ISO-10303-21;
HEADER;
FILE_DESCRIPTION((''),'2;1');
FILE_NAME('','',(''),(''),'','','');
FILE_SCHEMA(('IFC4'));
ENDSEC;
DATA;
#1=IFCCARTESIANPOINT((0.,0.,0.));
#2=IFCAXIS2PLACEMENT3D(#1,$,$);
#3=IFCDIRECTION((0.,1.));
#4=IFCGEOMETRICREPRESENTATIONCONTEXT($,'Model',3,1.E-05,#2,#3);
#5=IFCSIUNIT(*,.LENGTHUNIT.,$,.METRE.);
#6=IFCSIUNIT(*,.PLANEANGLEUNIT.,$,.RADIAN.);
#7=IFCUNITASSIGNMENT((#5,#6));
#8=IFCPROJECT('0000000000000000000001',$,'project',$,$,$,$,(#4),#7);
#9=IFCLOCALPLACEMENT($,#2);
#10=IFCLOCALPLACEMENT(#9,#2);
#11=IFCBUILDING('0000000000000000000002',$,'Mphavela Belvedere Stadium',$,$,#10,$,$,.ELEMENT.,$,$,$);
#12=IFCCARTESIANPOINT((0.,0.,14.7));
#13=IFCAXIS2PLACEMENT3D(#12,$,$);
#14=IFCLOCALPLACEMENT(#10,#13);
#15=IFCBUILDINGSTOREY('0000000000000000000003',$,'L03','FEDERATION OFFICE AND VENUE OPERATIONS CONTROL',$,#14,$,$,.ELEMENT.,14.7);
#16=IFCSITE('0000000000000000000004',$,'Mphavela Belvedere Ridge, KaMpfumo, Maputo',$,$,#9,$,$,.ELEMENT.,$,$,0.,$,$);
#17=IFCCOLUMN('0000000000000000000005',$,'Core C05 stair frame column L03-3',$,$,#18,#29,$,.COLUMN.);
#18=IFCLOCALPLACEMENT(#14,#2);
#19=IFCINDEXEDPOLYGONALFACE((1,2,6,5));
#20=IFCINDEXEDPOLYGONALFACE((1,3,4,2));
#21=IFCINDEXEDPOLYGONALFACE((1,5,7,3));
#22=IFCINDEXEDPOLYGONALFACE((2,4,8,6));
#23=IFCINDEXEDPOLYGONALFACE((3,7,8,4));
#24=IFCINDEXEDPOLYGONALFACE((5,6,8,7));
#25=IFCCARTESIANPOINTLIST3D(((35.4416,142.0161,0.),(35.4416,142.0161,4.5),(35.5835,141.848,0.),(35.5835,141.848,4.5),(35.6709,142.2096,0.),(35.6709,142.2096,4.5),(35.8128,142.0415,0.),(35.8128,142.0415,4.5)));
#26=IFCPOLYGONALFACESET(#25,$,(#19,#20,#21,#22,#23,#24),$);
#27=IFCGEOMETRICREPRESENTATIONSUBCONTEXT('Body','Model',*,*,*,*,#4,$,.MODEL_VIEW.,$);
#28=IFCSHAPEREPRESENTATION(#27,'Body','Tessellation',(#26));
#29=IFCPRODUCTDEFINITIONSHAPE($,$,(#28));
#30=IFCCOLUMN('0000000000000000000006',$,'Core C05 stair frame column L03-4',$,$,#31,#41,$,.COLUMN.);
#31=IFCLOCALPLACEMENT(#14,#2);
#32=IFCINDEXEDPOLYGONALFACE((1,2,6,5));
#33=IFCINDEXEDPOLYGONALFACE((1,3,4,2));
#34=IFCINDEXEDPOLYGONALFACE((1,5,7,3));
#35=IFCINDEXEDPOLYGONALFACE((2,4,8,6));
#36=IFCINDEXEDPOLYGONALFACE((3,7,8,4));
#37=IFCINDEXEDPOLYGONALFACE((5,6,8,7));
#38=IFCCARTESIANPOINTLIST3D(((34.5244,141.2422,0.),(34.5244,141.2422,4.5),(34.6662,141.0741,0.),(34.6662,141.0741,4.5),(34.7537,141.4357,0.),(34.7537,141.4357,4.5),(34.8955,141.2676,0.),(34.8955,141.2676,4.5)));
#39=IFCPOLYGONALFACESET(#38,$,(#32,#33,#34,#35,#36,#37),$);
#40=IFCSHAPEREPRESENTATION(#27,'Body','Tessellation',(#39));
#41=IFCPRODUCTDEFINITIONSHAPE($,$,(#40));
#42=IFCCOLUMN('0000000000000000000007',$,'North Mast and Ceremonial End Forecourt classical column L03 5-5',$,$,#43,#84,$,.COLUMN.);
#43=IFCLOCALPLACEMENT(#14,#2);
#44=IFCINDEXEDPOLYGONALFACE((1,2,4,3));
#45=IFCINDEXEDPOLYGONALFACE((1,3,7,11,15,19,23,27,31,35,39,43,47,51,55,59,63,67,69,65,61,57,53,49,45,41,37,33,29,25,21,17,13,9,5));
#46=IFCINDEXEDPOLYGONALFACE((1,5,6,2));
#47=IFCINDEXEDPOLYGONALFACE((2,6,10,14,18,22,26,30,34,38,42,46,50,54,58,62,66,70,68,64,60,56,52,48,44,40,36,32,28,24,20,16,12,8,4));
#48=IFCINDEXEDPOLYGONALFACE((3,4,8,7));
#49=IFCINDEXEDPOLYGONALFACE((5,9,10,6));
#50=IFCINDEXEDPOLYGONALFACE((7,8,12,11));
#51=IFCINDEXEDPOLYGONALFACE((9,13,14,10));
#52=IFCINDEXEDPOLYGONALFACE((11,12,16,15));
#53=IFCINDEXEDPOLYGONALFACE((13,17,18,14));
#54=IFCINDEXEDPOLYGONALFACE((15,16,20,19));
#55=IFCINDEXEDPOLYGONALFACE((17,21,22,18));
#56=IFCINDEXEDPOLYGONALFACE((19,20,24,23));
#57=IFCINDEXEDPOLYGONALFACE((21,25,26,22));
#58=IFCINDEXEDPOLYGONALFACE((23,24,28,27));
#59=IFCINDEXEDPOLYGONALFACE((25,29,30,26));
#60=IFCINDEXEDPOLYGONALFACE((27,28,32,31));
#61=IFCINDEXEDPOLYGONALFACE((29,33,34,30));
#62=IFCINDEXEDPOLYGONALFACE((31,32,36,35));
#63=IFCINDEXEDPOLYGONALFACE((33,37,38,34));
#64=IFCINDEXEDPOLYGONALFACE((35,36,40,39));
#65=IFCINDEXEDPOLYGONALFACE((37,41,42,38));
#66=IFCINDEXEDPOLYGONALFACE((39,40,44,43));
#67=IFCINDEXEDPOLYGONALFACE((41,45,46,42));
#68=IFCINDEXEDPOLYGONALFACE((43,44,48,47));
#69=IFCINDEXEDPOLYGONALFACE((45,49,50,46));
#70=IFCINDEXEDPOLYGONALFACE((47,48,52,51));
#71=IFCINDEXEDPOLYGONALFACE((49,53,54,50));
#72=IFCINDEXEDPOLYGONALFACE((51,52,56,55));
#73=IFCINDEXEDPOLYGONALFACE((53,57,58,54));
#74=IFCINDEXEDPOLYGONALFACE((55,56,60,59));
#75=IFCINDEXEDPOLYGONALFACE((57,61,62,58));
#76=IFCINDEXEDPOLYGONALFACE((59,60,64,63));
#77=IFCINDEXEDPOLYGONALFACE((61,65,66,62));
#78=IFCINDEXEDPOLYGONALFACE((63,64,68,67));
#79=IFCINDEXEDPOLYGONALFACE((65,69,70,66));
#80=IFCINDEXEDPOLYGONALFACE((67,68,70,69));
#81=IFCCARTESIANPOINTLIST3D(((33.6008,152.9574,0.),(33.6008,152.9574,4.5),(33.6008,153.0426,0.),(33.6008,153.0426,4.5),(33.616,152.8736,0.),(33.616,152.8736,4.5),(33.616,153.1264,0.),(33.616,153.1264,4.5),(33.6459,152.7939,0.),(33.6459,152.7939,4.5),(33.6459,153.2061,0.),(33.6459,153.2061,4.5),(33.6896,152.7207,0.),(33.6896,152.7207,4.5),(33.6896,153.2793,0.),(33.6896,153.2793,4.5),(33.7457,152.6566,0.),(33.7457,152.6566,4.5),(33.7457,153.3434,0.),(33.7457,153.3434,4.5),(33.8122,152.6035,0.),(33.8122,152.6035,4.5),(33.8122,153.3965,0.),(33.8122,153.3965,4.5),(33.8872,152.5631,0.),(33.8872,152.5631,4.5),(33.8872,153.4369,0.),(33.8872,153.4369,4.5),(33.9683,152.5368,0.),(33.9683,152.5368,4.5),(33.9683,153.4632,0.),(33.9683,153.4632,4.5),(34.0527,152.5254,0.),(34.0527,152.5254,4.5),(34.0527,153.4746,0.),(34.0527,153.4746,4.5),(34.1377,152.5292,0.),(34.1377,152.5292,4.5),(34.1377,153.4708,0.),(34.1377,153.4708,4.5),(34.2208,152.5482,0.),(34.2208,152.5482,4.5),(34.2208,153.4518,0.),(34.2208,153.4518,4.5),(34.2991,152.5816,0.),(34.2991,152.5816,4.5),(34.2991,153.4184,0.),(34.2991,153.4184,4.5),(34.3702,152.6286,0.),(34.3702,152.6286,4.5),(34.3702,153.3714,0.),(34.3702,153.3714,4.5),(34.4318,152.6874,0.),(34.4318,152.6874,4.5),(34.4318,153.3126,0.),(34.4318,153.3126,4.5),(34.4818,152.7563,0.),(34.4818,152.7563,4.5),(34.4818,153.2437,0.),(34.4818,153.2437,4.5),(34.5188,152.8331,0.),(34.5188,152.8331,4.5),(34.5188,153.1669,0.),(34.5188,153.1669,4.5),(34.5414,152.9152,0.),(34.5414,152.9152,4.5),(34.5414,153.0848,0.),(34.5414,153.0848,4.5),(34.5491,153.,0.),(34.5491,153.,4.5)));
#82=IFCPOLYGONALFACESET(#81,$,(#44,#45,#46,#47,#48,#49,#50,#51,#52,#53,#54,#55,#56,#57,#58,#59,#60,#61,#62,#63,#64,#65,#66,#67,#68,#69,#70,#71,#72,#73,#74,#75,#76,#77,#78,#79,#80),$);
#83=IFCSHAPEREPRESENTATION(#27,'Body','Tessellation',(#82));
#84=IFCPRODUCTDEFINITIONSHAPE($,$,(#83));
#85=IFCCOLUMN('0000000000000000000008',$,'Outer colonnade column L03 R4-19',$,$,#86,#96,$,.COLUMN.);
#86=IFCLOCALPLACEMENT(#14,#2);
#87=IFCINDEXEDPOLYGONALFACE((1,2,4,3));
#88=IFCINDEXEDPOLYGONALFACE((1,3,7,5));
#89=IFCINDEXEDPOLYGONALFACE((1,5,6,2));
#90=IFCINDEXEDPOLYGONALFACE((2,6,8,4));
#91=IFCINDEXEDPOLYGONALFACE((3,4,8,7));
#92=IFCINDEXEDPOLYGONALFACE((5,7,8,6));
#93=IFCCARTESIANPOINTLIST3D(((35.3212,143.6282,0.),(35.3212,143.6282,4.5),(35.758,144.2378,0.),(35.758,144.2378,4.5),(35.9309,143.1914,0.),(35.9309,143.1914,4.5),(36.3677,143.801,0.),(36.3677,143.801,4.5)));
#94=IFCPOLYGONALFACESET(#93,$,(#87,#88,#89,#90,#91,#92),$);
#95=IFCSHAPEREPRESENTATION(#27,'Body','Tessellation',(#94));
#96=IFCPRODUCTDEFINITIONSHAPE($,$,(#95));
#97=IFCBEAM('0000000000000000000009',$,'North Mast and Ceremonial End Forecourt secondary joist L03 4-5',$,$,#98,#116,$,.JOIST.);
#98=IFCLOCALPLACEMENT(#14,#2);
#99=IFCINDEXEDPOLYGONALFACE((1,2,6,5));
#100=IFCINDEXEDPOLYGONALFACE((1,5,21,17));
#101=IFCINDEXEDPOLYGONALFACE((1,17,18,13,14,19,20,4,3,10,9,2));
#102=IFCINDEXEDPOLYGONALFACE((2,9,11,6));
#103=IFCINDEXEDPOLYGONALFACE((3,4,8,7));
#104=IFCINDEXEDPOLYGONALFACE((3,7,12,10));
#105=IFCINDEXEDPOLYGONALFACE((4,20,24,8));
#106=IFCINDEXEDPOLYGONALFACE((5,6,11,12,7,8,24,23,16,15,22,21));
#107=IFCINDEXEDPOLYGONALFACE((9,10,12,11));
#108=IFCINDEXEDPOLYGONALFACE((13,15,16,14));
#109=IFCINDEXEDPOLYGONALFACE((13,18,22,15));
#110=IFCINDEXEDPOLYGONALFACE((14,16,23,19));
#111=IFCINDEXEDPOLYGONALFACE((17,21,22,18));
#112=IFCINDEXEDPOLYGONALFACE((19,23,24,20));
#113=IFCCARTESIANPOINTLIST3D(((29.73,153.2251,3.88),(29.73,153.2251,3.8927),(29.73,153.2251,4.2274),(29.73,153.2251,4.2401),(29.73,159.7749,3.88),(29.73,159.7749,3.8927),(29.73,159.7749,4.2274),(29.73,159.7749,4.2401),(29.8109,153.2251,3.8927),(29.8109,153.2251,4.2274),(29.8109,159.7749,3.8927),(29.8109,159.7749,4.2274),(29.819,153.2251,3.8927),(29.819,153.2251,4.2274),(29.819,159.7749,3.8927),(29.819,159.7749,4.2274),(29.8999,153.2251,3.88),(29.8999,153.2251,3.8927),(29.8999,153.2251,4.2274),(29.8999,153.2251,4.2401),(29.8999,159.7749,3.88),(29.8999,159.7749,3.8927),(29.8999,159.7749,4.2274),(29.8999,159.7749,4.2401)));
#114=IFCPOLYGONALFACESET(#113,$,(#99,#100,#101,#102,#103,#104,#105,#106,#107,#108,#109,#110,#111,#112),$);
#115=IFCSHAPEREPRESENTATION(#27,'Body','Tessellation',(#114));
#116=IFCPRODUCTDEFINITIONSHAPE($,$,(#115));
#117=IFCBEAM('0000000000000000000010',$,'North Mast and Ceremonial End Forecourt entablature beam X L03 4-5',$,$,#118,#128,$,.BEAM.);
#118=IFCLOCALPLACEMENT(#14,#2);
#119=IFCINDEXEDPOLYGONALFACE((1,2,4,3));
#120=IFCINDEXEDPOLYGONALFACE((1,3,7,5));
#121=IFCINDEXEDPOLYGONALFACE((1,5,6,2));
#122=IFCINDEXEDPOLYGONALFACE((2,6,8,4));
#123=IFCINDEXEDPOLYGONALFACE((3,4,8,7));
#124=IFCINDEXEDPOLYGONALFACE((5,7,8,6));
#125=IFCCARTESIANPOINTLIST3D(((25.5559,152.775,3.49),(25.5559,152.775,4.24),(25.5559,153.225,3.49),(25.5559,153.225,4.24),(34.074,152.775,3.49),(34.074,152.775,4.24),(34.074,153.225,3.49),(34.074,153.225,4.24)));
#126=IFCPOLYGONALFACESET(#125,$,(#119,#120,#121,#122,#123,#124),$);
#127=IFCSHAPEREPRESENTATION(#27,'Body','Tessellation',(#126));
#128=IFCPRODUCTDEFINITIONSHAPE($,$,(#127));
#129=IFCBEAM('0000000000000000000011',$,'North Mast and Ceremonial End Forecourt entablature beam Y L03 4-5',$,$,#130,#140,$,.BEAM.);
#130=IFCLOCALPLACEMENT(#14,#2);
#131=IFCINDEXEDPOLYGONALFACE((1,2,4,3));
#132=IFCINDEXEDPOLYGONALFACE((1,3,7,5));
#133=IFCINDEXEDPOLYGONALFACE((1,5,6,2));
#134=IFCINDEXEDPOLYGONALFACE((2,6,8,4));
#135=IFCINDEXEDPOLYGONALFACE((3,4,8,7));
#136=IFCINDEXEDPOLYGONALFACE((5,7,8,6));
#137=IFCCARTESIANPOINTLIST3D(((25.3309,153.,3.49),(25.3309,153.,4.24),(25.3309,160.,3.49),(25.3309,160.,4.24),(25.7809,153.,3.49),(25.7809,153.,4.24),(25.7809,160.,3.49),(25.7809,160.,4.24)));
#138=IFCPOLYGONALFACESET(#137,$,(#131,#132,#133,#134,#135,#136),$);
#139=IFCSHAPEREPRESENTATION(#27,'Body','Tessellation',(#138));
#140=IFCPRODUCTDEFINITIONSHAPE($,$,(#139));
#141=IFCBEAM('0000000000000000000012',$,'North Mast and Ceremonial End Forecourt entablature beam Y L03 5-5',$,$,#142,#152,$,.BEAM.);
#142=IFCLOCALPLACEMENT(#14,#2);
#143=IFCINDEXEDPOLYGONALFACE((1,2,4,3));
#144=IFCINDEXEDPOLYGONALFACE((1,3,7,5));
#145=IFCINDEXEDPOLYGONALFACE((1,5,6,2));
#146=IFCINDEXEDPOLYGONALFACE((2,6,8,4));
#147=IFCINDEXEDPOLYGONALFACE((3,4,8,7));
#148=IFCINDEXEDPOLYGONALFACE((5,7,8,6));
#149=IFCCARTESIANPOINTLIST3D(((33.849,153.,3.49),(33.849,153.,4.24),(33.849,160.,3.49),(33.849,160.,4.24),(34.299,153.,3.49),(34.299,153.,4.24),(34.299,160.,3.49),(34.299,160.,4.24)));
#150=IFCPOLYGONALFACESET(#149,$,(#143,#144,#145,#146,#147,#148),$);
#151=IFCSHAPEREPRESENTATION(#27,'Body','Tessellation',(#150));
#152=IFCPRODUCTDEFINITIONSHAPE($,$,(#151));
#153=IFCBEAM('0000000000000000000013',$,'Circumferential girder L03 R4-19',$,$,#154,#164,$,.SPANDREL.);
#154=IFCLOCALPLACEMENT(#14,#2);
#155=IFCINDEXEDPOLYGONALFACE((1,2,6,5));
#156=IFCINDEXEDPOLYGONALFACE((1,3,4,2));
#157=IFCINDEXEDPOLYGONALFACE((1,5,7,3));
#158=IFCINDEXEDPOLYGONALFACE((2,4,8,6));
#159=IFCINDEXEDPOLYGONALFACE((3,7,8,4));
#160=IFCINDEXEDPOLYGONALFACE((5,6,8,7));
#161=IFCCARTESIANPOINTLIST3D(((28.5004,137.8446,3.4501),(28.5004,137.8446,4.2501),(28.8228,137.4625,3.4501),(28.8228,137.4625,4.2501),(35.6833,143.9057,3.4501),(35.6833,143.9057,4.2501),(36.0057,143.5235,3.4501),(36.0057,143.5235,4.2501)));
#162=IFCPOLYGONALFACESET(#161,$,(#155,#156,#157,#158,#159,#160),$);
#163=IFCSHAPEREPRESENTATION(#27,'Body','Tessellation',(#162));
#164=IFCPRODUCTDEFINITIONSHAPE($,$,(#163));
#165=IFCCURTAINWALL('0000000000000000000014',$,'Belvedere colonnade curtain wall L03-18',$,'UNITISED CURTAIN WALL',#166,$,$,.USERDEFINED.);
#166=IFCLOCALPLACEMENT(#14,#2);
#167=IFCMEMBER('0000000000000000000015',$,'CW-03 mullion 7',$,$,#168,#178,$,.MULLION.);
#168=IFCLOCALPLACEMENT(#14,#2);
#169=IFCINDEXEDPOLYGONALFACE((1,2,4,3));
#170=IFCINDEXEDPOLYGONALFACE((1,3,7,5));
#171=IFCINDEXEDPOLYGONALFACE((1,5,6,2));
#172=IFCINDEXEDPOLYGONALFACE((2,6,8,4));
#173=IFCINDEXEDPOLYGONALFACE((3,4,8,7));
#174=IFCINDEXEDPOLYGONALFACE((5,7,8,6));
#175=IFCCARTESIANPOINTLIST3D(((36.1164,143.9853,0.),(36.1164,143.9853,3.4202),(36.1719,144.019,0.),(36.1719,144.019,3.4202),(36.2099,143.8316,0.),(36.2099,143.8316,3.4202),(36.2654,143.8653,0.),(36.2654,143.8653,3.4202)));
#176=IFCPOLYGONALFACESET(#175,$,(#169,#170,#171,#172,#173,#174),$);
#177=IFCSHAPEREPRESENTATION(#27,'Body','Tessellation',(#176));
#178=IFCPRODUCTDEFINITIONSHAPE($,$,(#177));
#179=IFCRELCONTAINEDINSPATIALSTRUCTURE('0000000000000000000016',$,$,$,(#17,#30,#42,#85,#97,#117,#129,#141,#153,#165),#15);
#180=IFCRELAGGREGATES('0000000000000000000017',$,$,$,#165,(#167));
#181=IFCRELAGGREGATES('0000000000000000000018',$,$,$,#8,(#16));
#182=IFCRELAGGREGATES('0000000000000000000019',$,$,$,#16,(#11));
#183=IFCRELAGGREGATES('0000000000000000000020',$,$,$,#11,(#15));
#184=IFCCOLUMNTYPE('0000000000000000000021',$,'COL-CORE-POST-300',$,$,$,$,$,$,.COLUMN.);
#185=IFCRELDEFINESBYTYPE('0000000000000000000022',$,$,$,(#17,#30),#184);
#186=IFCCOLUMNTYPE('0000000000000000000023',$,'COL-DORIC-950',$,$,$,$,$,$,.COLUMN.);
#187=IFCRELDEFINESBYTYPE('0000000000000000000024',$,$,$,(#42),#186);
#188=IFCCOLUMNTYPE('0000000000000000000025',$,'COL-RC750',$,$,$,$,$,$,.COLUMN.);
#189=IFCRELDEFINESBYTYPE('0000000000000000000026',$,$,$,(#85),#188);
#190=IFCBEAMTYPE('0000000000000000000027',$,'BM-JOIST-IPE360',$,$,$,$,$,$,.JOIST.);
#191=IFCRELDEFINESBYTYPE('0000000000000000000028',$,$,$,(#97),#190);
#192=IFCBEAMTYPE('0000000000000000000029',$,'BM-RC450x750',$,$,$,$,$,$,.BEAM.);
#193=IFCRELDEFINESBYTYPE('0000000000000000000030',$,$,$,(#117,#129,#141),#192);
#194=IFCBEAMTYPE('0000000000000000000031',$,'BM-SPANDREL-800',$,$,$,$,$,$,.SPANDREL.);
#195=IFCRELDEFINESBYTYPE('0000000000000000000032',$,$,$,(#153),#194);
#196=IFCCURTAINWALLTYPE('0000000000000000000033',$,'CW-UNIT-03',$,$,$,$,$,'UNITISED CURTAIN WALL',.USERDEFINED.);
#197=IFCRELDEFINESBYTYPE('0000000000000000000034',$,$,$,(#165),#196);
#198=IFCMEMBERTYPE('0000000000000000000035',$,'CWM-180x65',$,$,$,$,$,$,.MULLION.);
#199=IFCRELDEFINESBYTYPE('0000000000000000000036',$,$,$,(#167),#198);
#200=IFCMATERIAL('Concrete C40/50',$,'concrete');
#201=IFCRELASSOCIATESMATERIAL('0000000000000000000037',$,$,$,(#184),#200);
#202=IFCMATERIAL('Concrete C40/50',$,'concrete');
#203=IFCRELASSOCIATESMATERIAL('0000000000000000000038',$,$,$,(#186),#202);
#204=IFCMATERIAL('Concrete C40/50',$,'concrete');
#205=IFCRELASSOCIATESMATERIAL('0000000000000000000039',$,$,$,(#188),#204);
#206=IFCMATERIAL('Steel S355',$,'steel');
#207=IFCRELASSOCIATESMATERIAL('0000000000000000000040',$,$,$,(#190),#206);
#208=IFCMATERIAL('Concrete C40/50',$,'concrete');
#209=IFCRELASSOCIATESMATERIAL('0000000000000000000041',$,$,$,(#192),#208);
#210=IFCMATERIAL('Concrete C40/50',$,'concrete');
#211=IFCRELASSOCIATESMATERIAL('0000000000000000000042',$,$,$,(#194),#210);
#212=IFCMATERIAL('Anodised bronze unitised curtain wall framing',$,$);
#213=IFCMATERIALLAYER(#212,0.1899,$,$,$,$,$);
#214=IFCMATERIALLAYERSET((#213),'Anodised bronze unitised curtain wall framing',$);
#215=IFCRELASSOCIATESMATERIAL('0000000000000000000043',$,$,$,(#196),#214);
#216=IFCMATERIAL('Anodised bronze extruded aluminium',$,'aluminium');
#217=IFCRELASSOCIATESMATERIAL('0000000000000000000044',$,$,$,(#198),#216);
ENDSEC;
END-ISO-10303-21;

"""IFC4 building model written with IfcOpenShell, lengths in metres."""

from ifc_helpers import new_model, si_unit, direction, frame, origin, origin_2d, place, context, subcontext, project, spatial, rectangle, circle, i_section, extrude, material, layer, layer_set, material_profile, profile_set, type_object, element, aggregate, save


model = new_model("IFC4")

# Units and contexts
model_context = context("Model", 3, precision=1e-05, world=origin(), true_north=direction((0.0, 1.0)))
body_context = subcontext(model_context, "Body", "Model", "MODEL_VIEW")
ifc_project = project(units=[si_unit("LENGTHUNIT", "METRE"), si_unit("PLANEANGLEUNIT", "RADIAN")], contexts=[model_context])

# Site, building, storey
site_placement = place(None, origin())
site = spatial("IfcSite", under=ifc_project, at=site_placement, Name="Mphavela Belvedere Ridge, KaMpfumo, Maputo", CompositionType="ELEMENT", RefElevation=0.0)
building_placement = place(site_placement, origin())
building = spatial("IfcBuilding", under=site, at=building_placement, Name="Mphavela Belvedere Stadium", CompositionType="ELEMENT")
storey_placement = place(building_placement, frame((0.0, 0.0, 14.7)))
storey = spatial("IfcBuildingStorey", under=building, at=storey_placement, Name="L03", Description="FEDERATION OFFICE AND VENUE OPERATIONS CONTROL", CompositionType="ELEMENT", Elevation=14.7)

# Columns
ifc_material_1 = material(Name="Concrete C40/50", Category="concrete")
ifc_material_profile_1 = material_profile(ifc_material_1, rectangle(XDim=0.3, YDim=0.22, at=origin_2d()), Name="RC 300x220")
ifc_profile_set_1 = profile_set([ifc_material_profile_1], Name="Concrete C40/50")
column_type_1 = type_object("IfcColumnType", Name="COL-CORE-POST-300", PredefinedType="COLUMN", material=ifc_profile_set_1)
for number, where, z_axis, x_axis, name in (
    (1, (35.6272, 142.0288, 0.0), (0.0, 0.0, 1.0), (0.764246, 0.644924, 0.0), "Core C05 stair frame column L03-3"),
    (2, (34.71, 141.2549, 0.0), (0.0, 0.0, 1.0), (0.764246, 0.644924, 0.0), "Core C05 stair frame column L03-4"),
):
    element("IfcColumn", number, at=place(storey_placement, frame(where, z_axis=z_axis, x_axis=x_axis)), inside=storey, type_object=column_type_1, Name=name, PredefinedType="COLUMN", context=body_context, shape_type="SweptSolid", body=[
        extrude(rectangle(XDim=0.3, YDim=0.22, at=origin_2d()), origin(), (0.0, 0.0, 1.0), 4.5),
    ])
ifc_material_2 = material(Name="Concrete C40/50", Category="concrete")
ifc_material_profile_2 = material_profile(ifc_material_2, circle(Radius=0.4751, at=origin_2d()), Name="COL D950")
ifc_profile_set_2 = profile_set([ifc_material_profile_2], Name="Concrete C40/50")
column_type_2 = type_object("IfcColumnType", Name="COL-DORIC-950", PredefinedType="COLUMN", material=ifc_profile_set_2)
column_1_placement = place(storey_placement, frame((34.074, 153.0, 0.0), z_axis=(0.0, 0.0, 1.0), x_axis=(1.0, 0.0, 0.0)))
element("IfcColumn", 3, at=column_1_placement, inside=storey, type_object=column_type_2, Name="North Mast and Ceremonial End Forecourt classical column L03 5-5", PredefinedType="COLUMN", context=body_context, shape_type="SweptSolid", body=[
    extrude(circle(Radius=0.4751, at=origin_2d()), origin(), (0.0, 0.0, 1.0), 4.5),
])
ifc_material_3 = material(Name="Concrete C40/50", Category="concrete")
ifc_material_profile_3 = material_profile(ifc_material_3, rectangle(XDim=0.75, YDim=0.75, at=origin_2d()), Name="RC 750x750")
ifc_profile_set_3 = profile_set([ifc_material_profile_3], Name="Concrete C40/50")
column_type_3 = type_object("IfcColumnType", Name="COL-RC750", PredefinedType="COLUMN", material=ifc_profile_set_3)
column_2_placement = place(storey_placement, frame((35.8445, 143.7146, 0.0), z_axis=(0.0, 0.0, 1.0), x_axis=(-0.812898, 0.582407, 0.0)))
element("IfcColumn", 4, at=column_2_placement, inside=storey, type_object=column_type_3, Name="Outer colonnade column L03 R4-19", PredefinedType="COLUMN", context=body_context, shape_type="SweptSolid", body=[
    extrude(rectangle(XDim=0.75, YDim=0.75, at=origin_2d()), origin(), (0.0, 0.0, 1.0), 4.5),
])

# Beams
ifc_material_4 = material(Name="Steel S355", Category="steel")
ifc_material_profile_4 = material_profile(ifc_material_4, i_section(OverallWidth=0.1699, OverallDepth=0.3601, WebThickness=0.0081, FlangeThickness=0.0127, at=origin_2d()), Name="IPE 360")
ifc_profile_set_4 = profile_set([ifc_material_profile_4], Name="Steel S355")
beam_type_1 = type_object("IfcBeamType", Name="BM-JOIST-IPE360", PredefinedType="JOIST", material=ifc_profile_set_4)
beam_1_placement = place(storey_placement, frame((29.8149, 153.2251, 4.0601), z_axis=(0.0, 1.0, 0.0), x_axis=(-1.0, 0.0, 0.0)))
element("IfcBeam", 5, at=beam_1_placement, inside=storey, type_object=beam_type_1, Name="North Mast and Ceremonial End Forecourt secondary joist L03 4-5", PredefinedType="JOIST", context=body_context, shape_type="SweptSolid", body=[
    extrude(i_section(OverallWidth=0.1699, OverallDepth=0.3601, WebThickness=0.0081, FlangeThickness=0.0127, at=origin_2d()), origin(), (0.0, 0.0, 1.0), 6.5498),
])
ifc_material_5 = material(Name="Concrete C40/50", Category="concrete")
ifc_material_profile_5 = material_profile(ifc_material_5, rectangle(XDim=0.45, YDim=0.75, at=origin_2d()), Name="RC 450x750")
ifc_profile_set_5 = profile_set([ifc_material_profile_5], Name="Concrete C40/50")
beam_type_2 = type_object("IfcBeamType", Name="BM-RC450x750", PredefinedType="BEAM", material=ifc_profile_set_5)
beam_2_placement = place(storey_placement, frame((25.5559, 153.0, 3.865), z_axis=(1.0, 0.0, 0.0), x_axis=(0.0, 1.0, 0.0)))
element("IfcBeam", 6, at=beam_2_placement, inside=storey, type_object=beam_type_2, Name="North Mast and Ceremonial End Forecourt entablature beam X L03 4-5", PredefinedType="BEAM", context=body_context, shape_type="SweptSolid", body=[
    extrude(rectangle(XDim=0.45, YDim=0.75, at=origin_2d()), origin(), (0.0, 0.0, 1.0), 8.5181),
])
for number, where, z_axis, x_axis, name in (
    (7, (25.5559, 153.0, 3.865), (0.0, 1.0, 0.0), (-1.0, 0.0, 0.0), "North Mast and Ceremonial End Forecourt entablature beam Y L03 4-5"),
    (8, (34.074, 153.0, 3.865), (0.0, 1.0, 0.0), (-1.0, 0.0, 0.0), "North Mast and Ceremonial End Forecourt entablature beam Y L03 5-5"),
):
    element("IfcBeam", number, at=place(storey_placement, frame(where, z_axis=z_axis, x_axis=x_axis)), inside=storey, type_object=beam_type_2, Name=name, PredefinedType="BEAM", context=body_context, shape_type="SweptSolid", body=[
        extrude(rectangle(XDim=0.45, YDim=0.75, at=origin_2d()), origin(), (0.0, 0.0, 1.0), 7.0),
    ])
ifc_material_6 = material(Name="Concrete C40/50", Category="concrete")
ifc_material_profile_6 = material_profile(ifc_material_6, rectangle(XDim=0.5, YDim=0.8, at=origin_2d()), Name="RC 500x800")
ifc_profile_set_6 = profile_set([ifc_material_profile_6], Name="Concrete C40/50")
beam_type_3 = type_object("IfcBeamType", Name="BM-SPANDREL-800", PredefinedType="SPANDREL", material=ifc_profile_set_6)
beam_3_placement = place(storey_placement, frame((35.8445, 143.7146, 3.8501), z_axis=(-0.764265, -0.644902, 0.0), x_axis=(0.644902, -0.764265, 0.0)))
element("IfcBeam", 9, at=beam_3_placement, inside=storey, type_object=beam_type_3, Name="Circumferential girder L03 R4-19", PredefinedType="SPANDREL", context=body_context, shape_type="SweptSolid", body=[
    extrude(rectangle(XDim=0.5, YDim=0.8, at=origin_2d()), origin(), (0.0, 0.0, 1.0), 9.3984),
])

# Curtain wall, member
ifc_material_7 = material(Name="Anodised bronze unitised curtain wall framing")
ifc_layer_1 = layer(ifc_material_7, 0.1899)
ifc_layer_set_1 = layer_set([ifc_layer_1], Name="Anodised bronze unitised curtain wall framing")
curtain_wall_type_1 = type_object("IfcCurtainWallType", Name="CW-UNIT-03", ElementType="UNITISED CURTAIN WALL", PredefinedType="USERDEFINED", material=ifc_layer_set_1)
curtain_wall_1_placement = place(storey_placement, origin())
curtain_wall_1 = element("IfcCurtainWall", 10, at=curtain_wall_1_placement, inside=storey, type_object=curtain_wall_type_1, Name="Belvedere colonnade curtain wall L03-18", ObjectType="UNITISED CURTAIN WALL", PredefinedType="USERDEFINED")
ifc_material_8 = material(Name="Anodised bronze extruded aluminium", Category="aluminium")
ifc_material_profile_7 = material_profile(ifc_material_8, rectangle(XDim=0.1799, YDim=0.0649, at=origin_2d()), Name="CW-MUL 180x65")
ifc_profile_set_7 = profile_set([ifc_material_profile_7], Name="Anodised bronze extruded aluminium")
member_type_1 = type_object("IfcMemberType", Name="CWM-180x65", PredefinedType="MULLION", material=ifc_profile_set_7)
member_1_placement = place(storey_placement, frame((36.1909, 143.9253, 0.0), z_axis=(0.0, 0.0, 1.0), x_axis=(0.519738, -0.854325, 0.0)))
member_1 = element("IfcMember", 11, at=member_1_placement, type_object=member_type_1, Name="CW-03 mullion 7", PredefinedType="MULLION", context=body_context, shape_type="SweptSolid", body=[
    extrude(rectangle(XDim=0.1799, YDim=0.0649, at=origin_2d()), origin(), (0.0, 0.0, 1.0), 3.4202),
])
aggregate(curtain_wall_1, [member_1])

save(model, "model.ifc")
